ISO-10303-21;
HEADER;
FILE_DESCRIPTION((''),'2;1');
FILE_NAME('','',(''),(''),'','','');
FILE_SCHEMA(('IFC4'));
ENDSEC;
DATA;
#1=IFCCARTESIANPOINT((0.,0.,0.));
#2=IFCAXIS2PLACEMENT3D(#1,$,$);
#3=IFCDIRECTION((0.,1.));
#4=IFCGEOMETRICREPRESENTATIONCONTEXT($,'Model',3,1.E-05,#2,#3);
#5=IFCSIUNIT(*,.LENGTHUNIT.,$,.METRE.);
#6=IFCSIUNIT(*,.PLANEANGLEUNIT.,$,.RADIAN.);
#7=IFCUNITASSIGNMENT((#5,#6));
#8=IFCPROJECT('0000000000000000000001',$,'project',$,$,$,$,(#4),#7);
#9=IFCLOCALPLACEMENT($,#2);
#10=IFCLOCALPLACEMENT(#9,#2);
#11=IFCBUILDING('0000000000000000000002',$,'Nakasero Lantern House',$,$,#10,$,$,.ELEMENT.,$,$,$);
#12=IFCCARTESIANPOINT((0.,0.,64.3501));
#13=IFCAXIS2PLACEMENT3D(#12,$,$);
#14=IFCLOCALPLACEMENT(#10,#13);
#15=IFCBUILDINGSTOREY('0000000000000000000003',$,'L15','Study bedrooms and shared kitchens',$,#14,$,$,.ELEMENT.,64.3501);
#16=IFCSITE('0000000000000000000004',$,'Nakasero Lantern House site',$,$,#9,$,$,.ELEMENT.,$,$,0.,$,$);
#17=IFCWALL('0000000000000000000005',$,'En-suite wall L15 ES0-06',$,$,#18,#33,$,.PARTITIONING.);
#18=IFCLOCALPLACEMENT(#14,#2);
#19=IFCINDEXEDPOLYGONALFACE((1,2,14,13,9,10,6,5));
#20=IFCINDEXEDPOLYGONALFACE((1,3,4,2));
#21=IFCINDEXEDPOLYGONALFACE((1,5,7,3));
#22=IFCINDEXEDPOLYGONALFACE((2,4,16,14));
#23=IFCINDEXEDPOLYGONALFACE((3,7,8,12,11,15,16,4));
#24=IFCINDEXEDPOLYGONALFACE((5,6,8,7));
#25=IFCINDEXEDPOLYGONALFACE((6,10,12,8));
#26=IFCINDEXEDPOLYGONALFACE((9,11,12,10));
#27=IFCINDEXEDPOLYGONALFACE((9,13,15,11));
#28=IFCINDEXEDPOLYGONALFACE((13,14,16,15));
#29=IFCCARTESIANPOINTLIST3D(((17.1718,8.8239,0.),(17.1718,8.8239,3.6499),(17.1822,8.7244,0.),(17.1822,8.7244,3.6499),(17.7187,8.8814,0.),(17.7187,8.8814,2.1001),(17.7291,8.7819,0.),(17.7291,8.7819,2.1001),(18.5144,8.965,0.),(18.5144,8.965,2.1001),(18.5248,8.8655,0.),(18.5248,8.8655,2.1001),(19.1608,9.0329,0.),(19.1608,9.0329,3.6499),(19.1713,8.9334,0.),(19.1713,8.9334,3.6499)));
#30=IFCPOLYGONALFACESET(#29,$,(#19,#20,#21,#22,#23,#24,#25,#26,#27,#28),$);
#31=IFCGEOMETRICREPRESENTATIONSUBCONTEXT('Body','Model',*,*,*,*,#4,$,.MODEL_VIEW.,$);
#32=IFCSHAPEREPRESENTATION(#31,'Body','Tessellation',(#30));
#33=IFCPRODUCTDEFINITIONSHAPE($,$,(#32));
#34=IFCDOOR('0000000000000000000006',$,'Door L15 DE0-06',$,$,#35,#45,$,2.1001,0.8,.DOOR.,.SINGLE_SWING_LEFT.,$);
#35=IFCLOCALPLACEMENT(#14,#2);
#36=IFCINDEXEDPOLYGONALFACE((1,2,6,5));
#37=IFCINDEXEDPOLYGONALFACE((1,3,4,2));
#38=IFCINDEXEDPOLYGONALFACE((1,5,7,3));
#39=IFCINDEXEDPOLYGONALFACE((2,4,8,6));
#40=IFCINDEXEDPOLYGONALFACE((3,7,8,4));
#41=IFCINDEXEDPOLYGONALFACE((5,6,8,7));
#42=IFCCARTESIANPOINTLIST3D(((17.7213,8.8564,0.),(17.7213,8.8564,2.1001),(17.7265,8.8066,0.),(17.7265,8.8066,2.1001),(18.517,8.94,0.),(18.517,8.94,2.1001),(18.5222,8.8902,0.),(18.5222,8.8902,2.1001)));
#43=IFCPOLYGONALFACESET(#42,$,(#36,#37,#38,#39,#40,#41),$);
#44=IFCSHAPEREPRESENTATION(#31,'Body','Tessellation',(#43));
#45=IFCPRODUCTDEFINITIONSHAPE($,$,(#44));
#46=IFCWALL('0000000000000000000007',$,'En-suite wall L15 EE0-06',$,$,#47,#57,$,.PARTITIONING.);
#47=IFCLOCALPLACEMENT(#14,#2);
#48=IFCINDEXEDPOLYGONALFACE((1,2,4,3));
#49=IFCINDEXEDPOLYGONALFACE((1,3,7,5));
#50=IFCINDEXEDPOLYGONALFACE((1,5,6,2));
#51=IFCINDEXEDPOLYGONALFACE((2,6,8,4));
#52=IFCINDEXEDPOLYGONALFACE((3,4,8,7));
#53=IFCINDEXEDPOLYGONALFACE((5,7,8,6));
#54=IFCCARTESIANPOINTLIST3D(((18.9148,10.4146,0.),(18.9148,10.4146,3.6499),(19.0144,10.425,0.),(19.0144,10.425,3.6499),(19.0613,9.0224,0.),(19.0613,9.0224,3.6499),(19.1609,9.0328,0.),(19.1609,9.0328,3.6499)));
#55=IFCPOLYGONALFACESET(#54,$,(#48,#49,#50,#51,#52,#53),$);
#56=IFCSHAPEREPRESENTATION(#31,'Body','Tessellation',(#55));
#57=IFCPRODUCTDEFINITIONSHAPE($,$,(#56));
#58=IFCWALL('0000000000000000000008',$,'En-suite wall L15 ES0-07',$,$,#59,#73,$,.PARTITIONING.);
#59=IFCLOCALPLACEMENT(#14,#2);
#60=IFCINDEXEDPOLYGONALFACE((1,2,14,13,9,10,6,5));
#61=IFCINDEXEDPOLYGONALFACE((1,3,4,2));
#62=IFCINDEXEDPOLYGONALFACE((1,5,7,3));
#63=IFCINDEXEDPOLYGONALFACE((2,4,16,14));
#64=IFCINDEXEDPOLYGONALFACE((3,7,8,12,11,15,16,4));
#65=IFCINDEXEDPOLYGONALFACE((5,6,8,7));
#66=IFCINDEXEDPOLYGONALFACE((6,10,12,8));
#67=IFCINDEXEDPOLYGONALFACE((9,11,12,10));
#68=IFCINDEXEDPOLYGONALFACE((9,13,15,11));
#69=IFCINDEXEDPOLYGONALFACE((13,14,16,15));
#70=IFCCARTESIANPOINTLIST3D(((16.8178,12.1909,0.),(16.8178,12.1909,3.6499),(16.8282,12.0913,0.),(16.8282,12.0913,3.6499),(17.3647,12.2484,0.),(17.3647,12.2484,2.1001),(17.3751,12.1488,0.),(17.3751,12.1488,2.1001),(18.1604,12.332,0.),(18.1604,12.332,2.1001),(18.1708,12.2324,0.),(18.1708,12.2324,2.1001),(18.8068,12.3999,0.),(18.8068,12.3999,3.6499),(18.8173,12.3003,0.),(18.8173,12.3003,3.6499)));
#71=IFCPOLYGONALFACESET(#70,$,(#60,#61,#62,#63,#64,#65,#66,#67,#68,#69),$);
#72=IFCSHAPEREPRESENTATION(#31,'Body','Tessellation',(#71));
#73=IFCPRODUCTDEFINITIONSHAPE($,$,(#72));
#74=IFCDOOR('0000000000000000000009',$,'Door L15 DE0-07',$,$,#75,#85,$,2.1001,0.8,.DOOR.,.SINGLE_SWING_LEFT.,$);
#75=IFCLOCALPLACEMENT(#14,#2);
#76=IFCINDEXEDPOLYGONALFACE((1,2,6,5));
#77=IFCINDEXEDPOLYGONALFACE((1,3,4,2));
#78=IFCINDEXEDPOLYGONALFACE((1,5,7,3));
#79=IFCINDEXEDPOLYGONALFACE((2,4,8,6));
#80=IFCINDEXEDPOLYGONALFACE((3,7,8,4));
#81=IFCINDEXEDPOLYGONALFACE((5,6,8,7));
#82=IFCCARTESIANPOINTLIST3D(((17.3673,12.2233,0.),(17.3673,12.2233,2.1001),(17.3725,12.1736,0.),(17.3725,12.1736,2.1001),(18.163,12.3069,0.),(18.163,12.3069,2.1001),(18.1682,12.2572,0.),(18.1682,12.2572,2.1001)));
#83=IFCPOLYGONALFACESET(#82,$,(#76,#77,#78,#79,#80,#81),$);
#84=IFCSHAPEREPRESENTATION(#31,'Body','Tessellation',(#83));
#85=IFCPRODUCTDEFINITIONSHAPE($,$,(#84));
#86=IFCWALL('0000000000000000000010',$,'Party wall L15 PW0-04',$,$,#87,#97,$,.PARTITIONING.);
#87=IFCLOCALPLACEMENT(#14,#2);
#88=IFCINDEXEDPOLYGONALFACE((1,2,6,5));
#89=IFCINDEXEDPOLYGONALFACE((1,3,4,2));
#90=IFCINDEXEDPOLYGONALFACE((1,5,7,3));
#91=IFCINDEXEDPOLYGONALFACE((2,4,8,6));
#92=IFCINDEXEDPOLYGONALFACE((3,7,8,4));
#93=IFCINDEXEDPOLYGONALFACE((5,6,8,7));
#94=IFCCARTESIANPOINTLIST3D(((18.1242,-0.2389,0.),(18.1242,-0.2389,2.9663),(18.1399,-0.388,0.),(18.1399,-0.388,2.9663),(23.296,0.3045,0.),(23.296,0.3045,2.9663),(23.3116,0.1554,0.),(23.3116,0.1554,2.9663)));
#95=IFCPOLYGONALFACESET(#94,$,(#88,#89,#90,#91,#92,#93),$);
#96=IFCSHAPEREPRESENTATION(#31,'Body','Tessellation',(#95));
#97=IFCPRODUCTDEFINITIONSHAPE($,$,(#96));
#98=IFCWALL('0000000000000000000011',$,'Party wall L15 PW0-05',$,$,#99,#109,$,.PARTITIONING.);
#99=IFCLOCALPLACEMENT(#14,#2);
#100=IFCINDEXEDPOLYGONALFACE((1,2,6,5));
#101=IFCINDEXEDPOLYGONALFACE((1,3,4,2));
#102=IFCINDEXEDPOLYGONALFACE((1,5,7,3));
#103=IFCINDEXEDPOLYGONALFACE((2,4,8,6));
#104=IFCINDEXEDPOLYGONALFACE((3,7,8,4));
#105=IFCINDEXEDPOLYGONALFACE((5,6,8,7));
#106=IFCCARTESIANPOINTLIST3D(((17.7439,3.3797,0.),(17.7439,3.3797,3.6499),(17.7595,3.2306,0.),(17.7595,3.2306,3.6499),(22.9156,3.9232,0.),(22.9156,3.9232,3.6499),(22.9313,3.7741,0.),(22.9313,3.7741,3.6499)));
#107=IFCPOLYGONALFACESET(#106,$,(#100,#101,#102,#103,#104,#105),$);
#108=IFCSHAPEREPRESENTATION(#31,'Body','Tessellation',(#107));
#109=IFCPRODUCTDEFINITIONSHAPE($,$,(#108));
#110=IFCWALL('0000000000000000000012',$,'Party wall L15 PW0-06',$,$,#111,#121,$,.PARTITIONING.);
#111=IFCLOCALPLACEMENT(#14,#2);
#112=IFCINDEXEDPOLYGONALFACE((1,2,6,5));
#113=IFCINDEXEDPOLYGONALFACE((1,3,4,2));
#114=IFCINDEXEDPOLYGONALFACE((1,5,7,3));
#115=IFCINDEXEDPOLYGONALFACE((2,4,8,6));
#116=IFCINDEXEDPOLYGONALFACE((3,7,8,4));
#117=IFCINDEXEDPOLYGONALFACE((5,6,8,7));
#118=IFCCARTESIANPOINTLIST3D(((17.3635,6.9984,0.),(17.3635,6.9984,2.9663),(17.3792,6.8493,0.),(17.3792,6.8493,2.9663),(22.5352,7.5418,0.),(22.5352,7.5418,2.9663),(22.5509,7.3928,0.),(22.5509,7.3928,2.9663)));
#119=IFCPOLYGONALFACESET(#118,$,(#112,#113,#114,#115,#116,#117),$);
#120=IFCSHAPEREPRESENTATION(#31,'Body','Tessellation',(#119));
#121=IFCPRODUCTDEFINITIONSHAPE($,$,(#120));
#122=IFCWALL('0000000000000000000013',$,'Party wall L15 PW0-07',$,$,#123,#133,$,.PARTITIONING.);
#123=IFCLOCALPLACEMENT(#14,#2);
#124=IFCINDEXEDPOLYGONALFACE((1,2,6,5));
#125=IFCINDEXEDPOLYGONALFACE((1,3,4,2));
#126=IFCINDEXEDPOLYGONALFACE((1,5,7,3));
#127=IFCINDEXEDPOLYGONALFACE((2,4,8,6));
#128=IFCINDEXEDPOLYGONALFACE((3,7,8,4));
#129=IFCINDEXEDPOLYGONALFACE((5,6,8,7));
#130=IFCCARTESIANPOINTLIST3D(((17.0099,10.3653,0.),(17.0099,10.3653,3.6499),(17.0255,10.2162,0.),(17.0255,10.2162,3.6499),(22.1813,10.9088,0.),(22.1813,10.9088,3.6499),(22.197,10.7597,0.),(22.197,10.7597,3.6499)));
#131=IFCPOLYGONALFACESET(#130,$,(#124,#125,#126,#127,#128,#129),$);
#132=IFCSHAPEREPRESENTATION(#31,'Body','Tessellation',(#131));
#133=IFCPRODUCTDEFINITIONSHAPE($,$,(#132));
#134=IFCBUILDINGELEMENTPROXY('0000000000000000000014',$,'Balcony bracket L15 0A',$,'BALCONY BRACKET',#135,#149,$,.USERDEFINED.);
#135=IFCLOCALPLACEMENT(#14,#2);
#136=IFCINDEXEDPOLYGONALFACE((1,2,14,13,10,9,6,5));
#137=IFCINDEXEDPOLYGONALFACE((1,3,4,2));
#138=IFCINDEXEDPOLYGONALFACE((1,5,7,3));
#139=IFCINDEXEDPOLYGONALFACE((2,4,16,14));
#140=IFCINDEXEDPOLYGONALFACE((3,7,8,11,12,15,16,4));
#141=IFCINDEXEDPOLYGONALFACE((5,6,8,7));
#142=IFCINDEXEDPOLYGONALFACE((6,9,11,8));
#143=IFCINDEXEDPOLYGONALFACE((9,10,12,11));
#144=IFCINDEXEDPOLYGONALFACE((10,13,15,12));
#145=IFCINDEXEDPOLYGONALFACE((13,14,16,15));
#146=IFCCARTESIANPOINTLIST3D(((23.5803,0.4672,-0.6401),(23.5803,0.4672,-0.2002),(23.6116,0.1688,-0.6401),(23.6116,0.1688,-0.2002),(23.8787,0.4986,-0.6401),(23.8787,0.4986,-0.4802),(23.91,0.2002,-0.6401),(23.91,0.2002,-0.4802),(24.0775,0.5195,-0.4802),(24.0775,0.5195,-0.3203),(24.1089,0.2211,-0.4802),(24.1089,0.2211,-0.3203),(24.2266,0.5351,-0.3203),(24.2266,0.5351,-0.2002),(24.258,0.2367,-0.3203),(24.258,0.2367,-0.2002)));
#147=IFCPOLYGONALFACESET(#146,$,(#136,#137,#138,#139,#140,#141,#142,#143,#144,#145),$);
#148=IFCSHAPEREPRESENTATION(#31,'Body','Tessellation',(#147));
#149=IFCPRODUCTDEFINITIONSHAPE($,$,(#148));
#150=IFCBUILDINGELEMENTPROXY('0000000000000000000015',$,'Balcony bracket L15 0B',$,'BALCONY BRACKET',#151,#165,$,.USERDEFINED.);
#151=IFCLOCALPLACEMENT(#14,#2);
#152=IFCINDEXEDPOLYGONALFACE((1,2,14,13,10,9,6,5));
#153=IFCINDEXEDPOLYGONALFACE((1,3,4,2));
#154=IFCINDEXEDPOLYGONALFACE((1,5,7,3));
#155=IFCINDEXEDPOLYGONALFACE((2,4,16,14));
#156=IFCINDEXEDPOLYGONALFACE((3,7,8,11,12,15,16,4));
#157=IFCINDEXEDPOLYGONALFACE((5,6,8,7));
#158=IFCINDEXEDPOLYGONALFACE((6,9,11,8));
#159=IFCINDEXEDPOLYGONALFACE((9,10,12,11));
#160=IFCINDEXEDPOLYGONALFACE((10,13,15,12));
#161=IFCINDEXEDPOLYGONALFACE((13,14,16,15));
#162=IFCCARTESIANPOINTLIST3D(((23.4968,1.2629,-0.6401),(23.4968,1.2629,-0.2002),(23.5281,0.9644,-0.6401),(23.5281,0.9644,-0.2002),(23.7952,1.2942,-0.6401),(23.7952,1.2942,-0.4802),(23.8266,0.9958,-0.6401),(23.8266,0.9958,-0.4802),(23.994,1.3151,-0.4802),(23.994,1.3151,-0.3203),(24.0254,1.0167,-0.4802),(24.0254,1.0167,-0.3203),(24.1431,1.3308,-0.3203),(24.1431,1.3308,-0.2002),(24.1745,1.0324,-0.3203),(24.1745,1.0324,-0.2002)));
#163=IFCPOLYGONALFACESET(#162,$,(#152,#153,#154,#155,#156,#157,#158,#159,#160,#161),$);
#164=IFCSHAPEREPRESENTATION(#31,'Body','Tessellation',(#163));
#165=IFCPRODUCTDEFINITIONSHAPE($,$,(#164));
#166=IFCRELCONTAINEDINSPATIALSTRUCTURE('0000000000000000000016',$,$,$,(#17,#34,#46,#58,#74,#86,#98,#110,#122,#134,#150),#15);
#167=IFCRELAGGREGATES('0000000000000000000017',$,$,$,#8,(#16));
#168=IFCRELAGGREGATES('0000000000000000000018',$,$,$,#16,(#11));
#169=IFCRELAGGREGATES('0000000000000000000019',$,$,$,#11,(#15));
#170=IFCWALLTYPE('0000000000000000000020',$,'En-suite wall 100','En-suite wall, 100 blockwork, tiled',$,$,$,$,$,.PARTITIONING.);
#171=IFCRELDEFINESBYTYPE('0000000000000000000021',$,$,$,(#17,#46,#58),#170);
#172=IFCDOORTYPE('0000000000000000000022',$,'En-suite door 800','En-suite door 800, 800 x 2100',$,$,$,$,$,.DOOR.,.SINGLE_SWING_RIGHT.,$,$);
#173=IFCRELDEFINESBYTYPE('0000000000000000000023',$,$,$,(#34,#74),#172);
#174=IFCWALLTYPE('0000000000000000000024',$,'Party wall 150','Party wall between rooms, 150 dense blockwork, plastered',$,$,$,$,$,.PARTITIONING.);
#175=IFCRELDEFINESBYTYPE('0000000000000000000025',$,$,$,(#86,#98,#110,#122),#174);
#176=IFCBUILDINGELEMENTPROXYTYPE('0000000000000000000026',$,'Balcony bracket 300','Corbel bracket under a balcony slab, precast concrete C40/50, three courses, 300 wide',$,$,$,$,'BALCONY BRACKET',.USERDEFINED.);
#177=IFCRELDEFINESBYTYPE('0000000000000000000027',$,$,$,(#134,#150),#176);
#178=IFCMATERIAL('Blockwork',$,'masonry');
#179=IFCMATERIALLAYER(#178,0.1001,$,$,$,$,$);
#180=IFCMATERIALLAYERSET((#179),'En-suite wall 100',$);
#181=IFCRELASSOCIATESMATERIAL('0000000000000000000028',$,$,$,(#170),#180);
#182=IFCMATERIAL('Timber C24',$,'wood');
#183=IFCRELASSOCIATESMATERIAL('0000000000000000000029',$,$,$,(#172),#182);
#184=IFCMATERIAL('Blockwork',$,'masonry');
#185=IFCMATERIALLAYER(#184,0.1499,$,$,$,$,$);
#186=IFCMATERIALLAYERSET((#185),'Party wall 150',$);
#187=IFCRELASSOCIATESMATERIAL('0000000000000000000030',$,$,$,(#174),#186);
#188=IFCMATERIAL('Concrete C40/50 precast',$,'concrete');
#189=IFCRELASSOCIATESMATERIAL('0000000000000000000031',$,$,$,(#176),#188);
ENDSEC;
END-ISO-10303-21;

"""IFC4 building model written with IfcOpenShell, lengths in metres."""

from ifc_helpers import new_model, si_unit, direction, frame, frame_2d, origin, place, context, subcontext, project, spatial, polyline, rectangle, outline, extrude, material, layer, layer_set, type_object, element, fill, save


model = new_model("IFC4")

# Units and contexts
model_context = context("Model", 3, precision=1e-05, world=origin(), true_north=direction((0.0, 1.0)))
body_context = subcontext(model_context, "Body", "Model", "MODEL_VIEW")
ifc_project = project(units=[si_unit("LENGTHUNIT", "METRE"), si_unit("PLANEANGLEUNIT", "RADIAN")], contexts=[model_context])

# Site, building, storey
site_placement = place(None, origin())
site = spatial("IfcSite", under=ifc_project, at=site_placement, Name="Nakasero Lantern House site", CompositionType="ELEMENT", RefElevation=0.0)
building_placement = place(site_placement, origin())
building = spatial("IfcBuilding", under=site, at=building_placement, Name="Nakasero Lantern House", CompositionType="ELEMENT")
storey_placement = place(building_placement, frame((0.0, 0.0, 64.3501)))
storey = spatial("IfcBuildingStorey", under=building, at=storey_placement, Name="L15", Description="Study bedrooms and shared kitchens", CompositionType="ELEMENT", Elevation=64.3501)

# Shared definitions
ifc_material_1 = material(Name="Blockwork", Category="masonry")
ifc_layer_1 = layer(ifc_material_1, 0.1001)
ifc_layer_set_1 = layer_set([ifc_layer_1], Name="En-suite wall 100")
wall_type_1 = type_object("IfcWallType", Name="En-suite wall 100", Description="En-suite wall, 100 blockwork, tiled", PredefinedType="PARTITIONING", material=ifc_layer_set_1)
ifc_material_2 = material(Name="Timber C24", Category="wood")
door_type = type_object("IfcDoorType", Name="En-suite door 800", Description="En-suite door 800, 800 x 2100", OperationType="SINGLE_SWING_RIGHT", PredefinedType="DOOR", material=ifc_material_2)

# Wall, opening, door
wall_1_placement = place(storey_placement, frame((17.177, 8.7742, 0.0), z_axis=(0.0, 0.0, 1.0), x_axis=(0.994526, 0.104494, 0.0)))
wall_1 = element("IfcWall", 1, at=wall_1_placement, inside=storey, type_object=wall_type_1, Name="En-suite wall L15 ES0-06", PredefinedType="PARTITIONING", context=body_context, shape_type="SweptSolid", body=[
    extrude(rectangle(XDim=2.0, YDim=0.1001, at=frame_2d((1.0, 0.0))), origin(), (0.0, 0.0, 1.0), 3.6499),
])
opening_1_placement = place(wall_1_placement, frame((0.55, 0.0, 0.0)))
opening_1 = element("IfcOpeningElement", 2, at=opening_1_placement, cuts=wall_1, PredefinedType="OPENING", context=body_context, shape_type="SweptSolid", body=[
    extrude(rectangle(XDim=0.8, YDim=2.1001, at=frame_2d((0.3999, 1.05))), frame((0.0, 0.0701, 0.0), z_axis=(0.0, -1.0, 0.0), x_axis=(1.0, 0.0, 0.0)), (0.0, 0.0, 1.0), 0.1401),
])
door_1_placement = place(opening_1_placement, origin())
door_1 = element("IfcDoor", 3, at=door_1_placement, inside=storey, type_object=door_type, Name="Door L15 DE0-06", OperationType="SINGLE_SWING_LEFT", OverallHeight=2.1001, OverallWidth=0.8, PredefinedType="DOOR", context=body_context, shape_type="SweptSolid", body=[
    extrude(rectangle(XDim=0.8, YDim=2.1001, at=frame_2d((0.3999, 1.05))), frame((0.0, 0.0249, 0.0), z_axis=(0.0, -1.0, 0.0), x_axis=(1.0, 0.0, 0.0)), (0.0, 0.0, 1.0), 0.05),
])
fill(opening_1, door_1)

# Wall
wall_2_placement = place(storey_placement, frame((19.1111, 9.0276, 0.0), z_axis=(0.0, 0.0, 1.0), x_axis=(-0.10463, 0.994511, 0.0)))
element("IfcWall", 4, at=wall_2_placement, inside=storey, type_object=wall_type_1, Name="En-suite wall L15 EE0-06", PredefinedType="PARTITIONING", context=body_context, shape_type="SweptSolid", body=[
    extrude(rectangle(XDim=1.3999, YDim=0.1001, at=frame_2d((0.7, 0.0))), origin(), (0.0, 0.0, 1.0), 3.6499),
])

# Wall, opening, door
wall_3_placement = place(storey_placement, frame((16.823, 12.1411, 0.0), z_axis=(0.0, 0.0, 1.0), x_axis=(0.994526, 0.104494, 0.0)))
wall_3 = element("IfcWall", 5, at=wall_3_placement, inside=storey, type_object=wall_type_1, Name="En-suite wall L15 ES0-07", PredefinedType="PARTITIONING", context=body_context, shape_type="SweptSolid", body=[
    extrude(rectangle(XDim=2.0, YDim=0.1001, at=frame_2d((1.0, 0.0))), origin(), (0.0, 0.0, 1.0), 3.6499),
])
opening_2_placement = place(wall_3_placement, frame((0.55, 0.0, 0.0)))
opening_2 = element("IfcOpeningElement", 6, at=opening_2_placement, cuts=wall_3, PredefinedType="OPENING", context=body_context, shape_type="SweptSolid", body=[
    extrude(rectangle(XDim=0.8, YDim=2.1001, at=frame_2d((0.3999, 1.05))), frame((0.0, 0.0701, 0.0), z_axis=(0.0, -1.0, 0.0), x_axis=(1.0, 0.0, 0.0)), (0.0, 0.0, 1.0), 0.1401),
])
door_2_placement = place(opening_2_placement, origin())
door_2 = element("IfcDoor", 7, at=door_2_placement, inside=storey, type_object=door_type, Name="Door L15 DE0-07", OperationType="SINGLE_SWING_LEFT", OverallHeight=2.1001, OverallWidth=0.8, PredefinedType="DOOR", context=body_context, shape_type="SweptSolid", body=[
    extrude(rectangle(XDim=0.8, YDim=2.1001, at=frame_2d((0.3999, 1.05))), frame((0.0, 0.0249, 0.0), z_axis=(0.0, -1.0, 0.0), x_axis=(1.0, 0.0, 0.0)), (0.0, 0.0, 1.0), 0.05),
])
fill(opening_2, door_2)

# Walls
ifc_material_3 = material(Name="Blockwork", Category="masonry")
ifc_layer_2 = layer(ifc_material_3, 0.1499)
ifc_layer_set_2 = layer_set([ifc_layer_2], Name="Party wall 150")
wall_type_2 = type_object("IfcWallType", Name="Party wall 150", Description="Party wall between rooms, 150 dense blockwork, plastered", PredefinedType="PARTITIONING", material=ifc_layer_set_2)
wall_4_placement = place(storey_placement, frame((18.1321, -0.3135, 0.0), z_axis=(0.0, 0.0, 1.0), x_axis=(0.994524, 0.104509, 0.0)))
element("IfcWall", 8, at=wall_4_placement, inside=storey, type_object=wall_type_2, Name="Party wall L15 PW0-04", PredefinedType="PARTITIONING", context=body_context, shape_type="SweptSolid", body=[
    extrude(rectangle(XDim=5.2002, YDim=0.1499, at=frame_2d((2.6001, 0.0))), origin(), (0.0, 0.0, 1.0), 2.9663),
])
wall_5_placement = place(storey_placement, frame((17.7517, 3.3052, 0.0), z_axis=(0.0, 0.0, 1.0), x_axis=(0.994524, 0.104509, 0.0)))
element("IfcWall", 9, at=wall_5_placement, inside=storey, type_object=wall_type_2, Name="Party wall L15 PW0-05", PredefinedType="PARTITIONING", context=body_context, shape_type="SweptSolid", body=[
    extrude(rectangle(XDim=5.2002, YDim=0.1499, at=frame_2d((2.6001, 0.0))), origin(), (0.0, 0.0, 1.0), 3.6499),
])
wall_6_placement = place(storey_placement, frame((17.3713, 6.9238, 0.0), z_axis=(0.0, 0.0, 1.0), x_axis=(0.994524, 0.104509, 0.0)))
element("IfcWall", 10, at=wall_6_placement, inside=storey, type_object=wall_type_2, Name="Party wall L15 PW0-06", PredefinedType="PARTITIONING", context=body_context, shape_type="SweptSolid", body=[
    extrude(rectangle(XDim=5.2002, YDim=0.1499, at=frame_2d((2.6001, 0.0))), origin(), (0.0, 0.0, 1.0), 2.9663),
])
wall_7_placement = place(storey_placement, frame((17.0176, 10.2908, 0.0), z_axis=(0.0, 0.0, 1.0), x_axis=(0.994523, 0.104514, 0.0)))
element("IfcWall", 11, at=wall_7_placement, inside=storey, type_object=wall_type_2, Name="Party wall L15 PW0-07", PredefinedType="PARTITIONING", context=body_context, shape_type="SweptSolid", body=[
    extrude(rectangle(XDim=5.2, YDim=0.1499, at=frame_2d((2.6001, 0.0))), origin(), (0.0, 0.0, 1.0), 3.6499),
])

# Building element proxies
ifc_material_4 = material(Name="Concrete C40/50 precast", Category="concrete")
building_element_proxy_type = type_object("IfcBuildingElementProxyType", Name="Balcony bracket 300", Description="Corbel bracket under a balcony slab, precast concrete C40/50, three courses, 300 wide", ElementType="BALCONY BRACKET", PredefinedType="USERDEFINED", material=ifc_material_4)
for number, where, z_axis, x_axis, name in (
    (12, (23.5959, 0.3181, -0.2002), (0.0, 0.0, 1.0), (0.994522, 0.104528, 0.0), "Balcony bracket L15 0A"),
    (13, (23.5125, 1.1138, -0.2002), (0.0, 0.0, 1.0), (0.994522, 0.104528, 0.0), "Balcony bracket L15 0B"),
):
    element("IfcBuildingElementProxy", number, at=place(storey_placement, frame(where, z_axis=z_axis, x_axis=x_axis)), inside=storey, type_object=building_element_proxy_type, Name=name, ObjectType="BALCONY BRACKET", PredefinedType="USERDEFINED", context=body_context, shape_type="SweptSolid", body=[
        extrude(outline(polyline([(0.0, 0.0), (0.6499, 0.0), (0.6499, -0.1201), (0.5, -0.1201), (0.5, -0.28), (0.3, -0.28), (0.3, -0.4399), (0.0, -0.4399), (0.0, 0.0)])), frame((0.0, 0.1499, 0.0), z_axis=(0.0, -1.0, 0.0), x_axis=(1.0, 0.0, 0.0)), (0.0, 0.0, 1.0), 0.3),
    ])

save(model, "model.ifc")
